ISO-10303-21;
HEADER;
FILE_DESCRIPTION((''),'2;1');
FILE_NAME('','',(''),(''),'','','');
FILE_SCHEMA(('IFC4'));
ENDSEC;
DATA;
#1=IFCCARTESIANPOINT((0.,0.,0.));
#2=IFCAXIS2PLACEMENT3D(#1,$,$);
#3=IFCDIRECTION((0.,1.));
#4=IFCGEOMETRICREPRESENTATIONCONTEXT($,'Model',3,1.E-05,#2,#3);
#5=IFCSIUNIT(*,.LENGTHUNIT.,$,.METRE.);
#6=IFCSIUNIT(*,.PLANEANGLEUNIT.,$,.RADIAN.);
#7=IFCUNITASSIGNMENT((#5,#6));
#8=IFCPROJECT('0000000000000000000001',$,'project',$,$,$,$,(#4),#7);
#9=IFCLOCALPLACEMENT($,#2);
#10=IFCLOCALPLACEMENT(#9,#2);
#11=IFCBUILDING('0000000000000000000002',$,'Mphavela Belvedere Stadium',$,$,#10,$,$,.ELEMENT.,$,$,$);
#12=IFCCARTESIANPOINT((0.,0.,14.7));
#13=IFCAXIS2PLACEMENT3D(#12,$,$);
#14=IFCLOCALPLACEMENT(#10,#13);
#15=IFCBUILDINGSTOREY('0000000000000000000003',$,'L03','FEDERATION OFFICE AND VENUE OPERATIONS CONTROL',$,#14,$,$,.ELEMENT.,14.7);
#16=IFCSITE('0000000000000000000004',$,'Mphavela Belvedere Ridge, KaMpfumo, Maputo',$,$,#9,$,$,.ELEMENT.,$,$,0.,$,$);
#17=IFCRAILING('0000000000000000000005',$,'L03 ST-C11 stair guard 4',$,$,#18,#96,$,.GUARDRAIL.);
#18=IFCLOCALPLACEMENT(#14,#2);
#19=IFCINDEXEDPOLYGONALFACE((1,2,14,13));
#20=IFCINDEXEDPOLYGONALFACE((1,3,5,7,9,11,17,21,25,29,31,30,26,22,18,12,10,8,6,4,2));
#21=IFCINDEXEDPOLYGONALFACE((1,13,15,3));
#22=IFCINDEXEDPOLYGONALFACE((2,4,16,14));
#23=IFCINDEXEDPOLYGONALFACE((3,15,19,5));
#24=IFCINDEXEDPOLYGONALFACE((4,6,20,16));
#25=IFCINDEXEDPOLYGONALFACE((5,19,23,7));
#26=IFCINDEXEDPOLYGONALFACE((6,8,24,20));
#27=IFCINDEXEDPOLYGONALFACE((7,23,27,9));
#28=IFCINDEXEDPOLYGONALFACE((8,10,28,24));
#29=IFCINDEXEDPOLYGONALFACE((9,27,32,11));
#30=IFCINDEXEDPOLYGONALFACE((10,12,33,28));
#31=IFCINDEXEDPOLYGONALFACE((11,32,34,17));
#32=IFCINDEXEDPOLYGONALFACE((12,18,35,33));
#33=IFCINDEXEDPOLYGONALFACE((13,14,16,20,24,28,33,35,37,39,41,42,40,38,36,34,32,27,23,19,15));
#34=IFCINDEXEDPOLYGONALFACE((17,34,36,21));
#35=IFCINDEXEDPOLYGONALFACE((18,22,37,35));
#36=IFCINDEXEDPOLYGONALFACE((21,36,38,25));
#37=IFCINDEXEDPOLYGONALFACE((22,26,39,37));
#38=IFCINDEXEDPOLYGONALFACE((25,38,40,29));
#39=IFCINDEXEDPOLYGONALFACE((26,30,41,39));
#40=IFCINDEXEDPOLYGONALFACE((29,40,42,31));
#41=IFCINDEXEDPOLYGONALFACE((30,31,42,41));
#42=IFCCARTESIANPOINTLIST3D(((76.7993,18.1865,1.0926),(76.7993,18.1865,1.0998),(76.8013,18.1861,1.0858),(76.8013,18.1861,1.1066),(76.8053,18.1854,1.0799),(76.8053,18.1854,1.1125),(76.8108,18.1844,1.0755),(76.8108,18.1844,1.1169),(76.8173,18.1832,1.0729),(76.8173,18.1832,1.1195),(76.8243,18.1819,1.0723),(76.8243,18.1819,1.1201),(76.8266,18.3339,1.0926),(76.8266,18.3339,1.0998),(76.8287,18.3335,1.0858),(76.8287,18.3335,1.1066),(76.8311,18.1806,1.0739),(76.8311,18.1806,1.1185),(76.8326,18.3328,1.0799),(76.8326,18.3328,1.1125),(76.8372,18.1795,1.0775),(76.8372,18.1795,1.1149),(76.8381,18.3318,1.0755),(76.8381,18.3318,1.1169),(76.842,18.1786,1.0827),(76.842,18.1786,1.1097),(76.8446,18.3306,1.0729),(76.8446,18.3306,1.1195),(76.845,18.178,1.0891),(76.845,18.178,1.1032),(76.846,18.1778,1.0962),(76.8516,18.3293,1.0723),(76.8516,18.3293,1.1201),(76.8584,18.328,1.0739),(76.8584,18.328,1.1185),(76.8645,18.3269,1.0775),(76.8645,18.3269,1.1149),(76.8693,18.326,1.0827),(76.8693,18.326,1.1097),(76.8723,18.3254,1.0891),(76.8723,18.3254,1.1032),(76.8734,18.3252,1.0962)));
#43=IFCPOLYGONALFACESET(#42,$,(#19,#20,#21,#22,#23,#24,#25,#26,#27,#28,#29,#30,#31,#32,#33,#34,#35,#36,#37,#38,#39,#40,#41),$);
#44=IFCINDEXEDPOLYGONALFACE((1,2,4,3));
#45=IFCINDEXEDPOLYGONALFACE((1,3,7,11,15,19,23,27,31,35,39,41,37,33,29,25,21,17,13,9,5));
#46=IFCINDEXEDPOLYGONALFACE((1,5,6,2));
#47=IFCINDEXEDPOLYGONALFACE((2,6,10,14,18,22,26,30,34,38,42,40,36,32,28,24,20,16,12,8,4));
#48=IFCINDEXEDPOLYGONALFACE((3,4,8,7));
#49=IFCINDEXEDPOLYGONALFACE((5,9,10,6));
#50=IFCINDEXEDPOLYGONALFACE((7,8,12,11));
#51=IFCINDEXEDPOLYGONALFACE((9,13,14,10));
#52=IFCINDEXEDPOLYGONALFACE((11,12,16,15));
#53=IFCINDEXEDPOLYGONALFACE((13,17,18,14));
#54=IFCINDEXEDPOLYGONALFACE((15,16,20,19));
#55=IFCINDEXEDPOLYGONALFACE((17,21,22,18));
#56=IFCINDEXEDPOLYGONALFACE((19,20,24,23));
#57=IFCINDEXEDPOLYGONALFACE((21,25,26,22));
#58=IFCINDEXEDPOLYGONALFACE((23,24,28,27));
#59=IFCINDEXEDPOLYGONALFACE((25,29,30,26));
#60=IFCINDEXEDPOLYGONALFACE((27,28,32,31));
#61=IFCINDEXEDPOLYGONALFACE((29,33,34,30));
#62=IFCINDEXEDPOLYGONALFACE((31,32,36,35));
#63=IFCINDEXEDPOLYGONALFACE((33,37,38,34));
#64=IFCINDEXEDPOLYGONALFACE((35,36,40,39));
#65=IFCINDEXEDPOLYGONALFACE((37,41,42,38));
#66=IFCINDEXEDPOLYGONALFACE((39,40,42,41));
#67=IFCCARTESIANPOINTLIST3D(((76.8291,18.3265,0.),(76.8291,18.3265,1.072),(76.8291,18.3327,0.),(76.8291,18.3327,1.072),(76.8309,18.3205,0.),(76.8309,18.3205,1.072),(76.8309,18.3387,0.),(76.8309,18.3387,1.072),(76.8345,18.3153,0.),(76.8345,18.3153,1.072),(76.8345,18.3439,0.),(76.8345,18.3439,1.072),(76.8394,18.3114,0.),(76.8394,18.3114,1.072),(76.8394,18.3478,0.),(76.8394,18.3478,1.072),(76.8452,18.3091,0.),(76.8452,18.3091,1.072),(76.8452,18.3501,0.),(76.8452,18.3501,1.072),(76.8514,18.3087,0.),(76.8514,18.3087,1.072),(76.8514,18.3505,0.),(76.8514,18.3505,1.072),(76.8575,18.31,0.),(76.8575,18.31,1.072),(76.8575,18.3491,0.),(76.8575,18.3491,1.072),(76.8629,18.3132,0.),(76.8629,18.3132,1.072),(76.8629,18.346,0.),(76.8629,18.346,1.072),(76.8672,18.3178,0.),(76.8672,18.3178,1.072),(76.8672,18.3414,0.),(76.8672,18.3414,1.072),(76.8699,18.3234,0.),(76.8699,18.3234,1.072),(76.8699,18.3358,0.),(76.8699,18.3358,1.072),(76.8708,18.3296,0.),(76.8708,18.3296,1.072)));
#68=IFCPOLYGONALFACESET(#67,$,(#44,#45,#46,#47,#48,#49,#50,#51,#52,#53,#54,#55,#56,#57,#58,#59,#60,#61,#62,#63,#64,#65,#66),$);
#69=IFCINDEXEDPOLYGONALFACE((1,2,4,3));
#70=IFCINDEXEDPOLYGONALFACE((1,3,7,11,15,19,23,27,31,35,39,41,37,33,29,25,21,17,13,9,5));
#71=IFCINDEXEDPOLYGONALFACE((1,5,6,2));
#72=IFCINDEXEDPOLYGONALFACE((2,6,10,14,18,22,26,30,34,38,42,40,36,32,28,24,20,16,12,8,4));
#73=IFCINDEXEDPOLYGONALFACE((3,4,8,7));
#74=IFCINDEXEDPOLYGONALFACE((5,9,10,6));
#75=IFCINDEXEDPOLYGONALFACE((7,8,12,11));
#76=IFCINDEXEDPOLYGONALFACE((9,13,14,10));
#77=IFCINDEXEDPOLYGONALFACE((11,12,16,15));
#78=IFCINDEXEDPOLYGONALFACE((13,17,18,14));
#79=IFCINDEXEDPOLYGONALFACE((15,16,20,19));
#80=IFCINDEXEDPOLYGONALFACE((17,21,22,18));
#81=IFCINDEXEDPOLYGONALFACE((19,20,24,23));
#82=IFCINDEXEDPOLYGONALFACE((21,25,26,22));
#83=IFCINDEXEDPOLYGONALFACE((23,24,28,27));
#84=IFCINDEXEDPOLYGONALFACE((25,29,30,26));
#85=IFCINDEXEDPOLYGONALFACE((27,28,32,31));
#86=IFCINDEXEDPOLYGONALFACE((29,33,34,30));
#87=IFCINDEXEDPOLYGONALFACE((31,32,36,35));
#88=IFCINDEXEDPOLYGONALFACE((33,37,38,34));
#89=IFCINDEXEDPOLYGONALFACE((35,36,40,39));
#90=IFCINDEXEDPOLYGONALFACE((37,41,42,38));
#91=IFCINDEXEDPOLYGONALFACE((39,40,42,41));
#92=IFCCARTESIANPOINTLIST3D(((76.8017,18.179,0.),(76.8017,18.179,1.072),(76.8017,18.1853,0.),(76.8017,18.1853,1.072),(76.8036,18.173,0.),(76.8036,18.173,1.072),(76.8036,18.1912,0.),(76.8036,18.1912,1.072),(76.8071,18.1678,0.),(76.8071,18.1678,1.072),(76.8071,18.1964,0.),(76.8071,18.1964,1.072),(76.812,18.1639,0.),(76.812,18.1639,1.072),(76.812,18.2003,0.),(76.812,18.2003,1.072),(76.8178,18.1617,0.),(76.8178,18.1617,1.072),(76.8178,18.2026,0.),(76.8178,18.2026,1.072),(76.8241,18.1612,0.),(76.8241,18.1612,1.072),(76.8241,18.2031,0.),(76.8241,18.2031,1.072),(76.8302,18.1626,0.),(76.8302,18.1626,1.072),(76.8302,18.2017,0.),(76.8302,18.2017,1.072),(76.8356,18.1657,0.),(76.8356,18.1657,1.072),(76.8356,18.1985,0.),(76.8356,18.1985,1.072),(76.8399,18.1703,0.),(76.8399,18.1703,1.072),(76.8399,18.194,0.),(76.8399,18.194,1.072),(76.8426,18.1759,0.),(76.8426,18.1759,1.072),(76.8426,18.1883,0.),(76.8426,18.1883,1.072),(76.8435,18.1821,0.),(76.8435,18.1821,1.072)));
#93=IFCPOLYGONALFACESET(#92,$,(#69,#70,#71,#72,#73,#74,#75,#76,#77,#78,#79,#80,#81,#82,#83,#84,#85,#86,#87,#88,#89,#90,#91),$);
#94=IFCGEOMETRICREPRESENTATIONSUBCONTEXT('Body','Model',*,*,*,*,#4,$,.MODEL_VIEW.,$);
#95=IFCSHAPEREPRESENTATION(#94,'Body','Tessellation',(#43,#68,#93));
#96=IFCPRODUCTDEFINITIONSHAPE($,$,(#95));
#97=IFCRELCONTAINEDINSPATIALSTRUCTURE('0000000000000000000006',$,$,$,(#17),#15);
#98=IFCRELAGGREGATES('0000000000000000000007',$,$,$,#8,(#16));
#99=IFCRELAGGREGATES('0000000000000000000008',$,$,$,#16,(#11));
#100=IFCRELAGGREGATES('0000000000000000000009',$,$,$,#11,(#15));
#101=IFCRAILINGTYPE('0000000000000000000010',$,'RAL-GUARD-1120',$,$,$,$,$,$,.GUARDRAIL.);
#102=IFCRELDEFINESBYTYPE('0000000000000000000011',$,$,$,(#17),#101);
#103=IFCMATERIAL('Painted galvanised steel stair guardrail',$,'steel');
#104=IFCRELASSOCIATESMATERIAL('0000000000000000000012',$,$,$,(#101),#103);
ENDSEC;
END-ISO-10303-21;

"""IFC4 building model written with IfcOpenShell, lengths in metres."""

from ifc_helpers import new_model, si_unit, direction, frame, origin, origin_2d, place, context, subcontext, project, spatial, circle, extrude, material, type_object, element, save


model = new_model("IFC4")

# Units and contexts
model_context = context("Model", 3, precision=1e-05, world=origin(), true_north=direction((0.0, 1.0)))
body_context = subcontext(model_context, "Body", "Model", "MODEL_VIEW")
ifc_project = project(units=[si_unit("LENGTHUNIT", "METRE"), si_unit("PLANEANGLEUNIT", "RADIAN")], contexts=[model_context])

# Site, building, storey
site_placement = place(None, origin())
site = spatial("IfcSite", under=ifc_project, at=site_placement, Name="Mphavela Belvedere Ridge, KaMpfumo, Maputo", CompositionType="ELEMENT", RefElevation=0.0)
building_placement = place(site_placement, origin())
building = spatial("IfcBuilding", under=site, at=building_placement, Name="Mphavela Belvedere Stadium", CompositionType="ELEMENT")
storey_placement = place(building_placement, frame((0.0, 0.0, 14.7)))
storey = spatial("IfcBuildingStorey", under=building, at=storey_placement, Name="L03", Description="FEDERATION OFFICE AND VENUE OPERATIONS CONTROL", CompositionType="ELEMENT", Elevation=14.7)

# Railing
ifc_material_1 = material(Name="Painted galvanised steel stair guardrail", Category="steel")
railing_type_1 = type_object("IfcRailingType", Name="RAL-GUARD-1120", PredefinedType="GUARDRAIL", material=ifc_material_1)
railing_1_placement = place(storey_placement, frame((76.8499, 18.3296, 0.0)))
element("IfcRailing", 1, at=railing_1_placement, inside=storey, type_object=railing_type_1, Name="L03 ST-C11 stair guard 4", PredefinedType="GUARDRAIL", context=body_context, shape_type="SweptSolid", body=[
    extrude(circle(Radius=0.0239, at=origin_2d()), frame((0.0, 0.0, 1.0962), z_axis=(-0.182322, -0.983239, 0.0), x_axis=(0.983239, -0.182322, 0.0)), (0.0, 0.0, 1.0), 0.1499),
    extrude(circle(Radius=0.021, at=origin_2d()), origin(), (0.0, 0.0, 1.0), 1.072),
    extrude(circle(Radius=0.021, at=origin_2d()), frame((-0.0273, -0.1475, 0.0)), (0.0, 0.0, 1.0), 1.072),
])

save(model, "model.ifc")
